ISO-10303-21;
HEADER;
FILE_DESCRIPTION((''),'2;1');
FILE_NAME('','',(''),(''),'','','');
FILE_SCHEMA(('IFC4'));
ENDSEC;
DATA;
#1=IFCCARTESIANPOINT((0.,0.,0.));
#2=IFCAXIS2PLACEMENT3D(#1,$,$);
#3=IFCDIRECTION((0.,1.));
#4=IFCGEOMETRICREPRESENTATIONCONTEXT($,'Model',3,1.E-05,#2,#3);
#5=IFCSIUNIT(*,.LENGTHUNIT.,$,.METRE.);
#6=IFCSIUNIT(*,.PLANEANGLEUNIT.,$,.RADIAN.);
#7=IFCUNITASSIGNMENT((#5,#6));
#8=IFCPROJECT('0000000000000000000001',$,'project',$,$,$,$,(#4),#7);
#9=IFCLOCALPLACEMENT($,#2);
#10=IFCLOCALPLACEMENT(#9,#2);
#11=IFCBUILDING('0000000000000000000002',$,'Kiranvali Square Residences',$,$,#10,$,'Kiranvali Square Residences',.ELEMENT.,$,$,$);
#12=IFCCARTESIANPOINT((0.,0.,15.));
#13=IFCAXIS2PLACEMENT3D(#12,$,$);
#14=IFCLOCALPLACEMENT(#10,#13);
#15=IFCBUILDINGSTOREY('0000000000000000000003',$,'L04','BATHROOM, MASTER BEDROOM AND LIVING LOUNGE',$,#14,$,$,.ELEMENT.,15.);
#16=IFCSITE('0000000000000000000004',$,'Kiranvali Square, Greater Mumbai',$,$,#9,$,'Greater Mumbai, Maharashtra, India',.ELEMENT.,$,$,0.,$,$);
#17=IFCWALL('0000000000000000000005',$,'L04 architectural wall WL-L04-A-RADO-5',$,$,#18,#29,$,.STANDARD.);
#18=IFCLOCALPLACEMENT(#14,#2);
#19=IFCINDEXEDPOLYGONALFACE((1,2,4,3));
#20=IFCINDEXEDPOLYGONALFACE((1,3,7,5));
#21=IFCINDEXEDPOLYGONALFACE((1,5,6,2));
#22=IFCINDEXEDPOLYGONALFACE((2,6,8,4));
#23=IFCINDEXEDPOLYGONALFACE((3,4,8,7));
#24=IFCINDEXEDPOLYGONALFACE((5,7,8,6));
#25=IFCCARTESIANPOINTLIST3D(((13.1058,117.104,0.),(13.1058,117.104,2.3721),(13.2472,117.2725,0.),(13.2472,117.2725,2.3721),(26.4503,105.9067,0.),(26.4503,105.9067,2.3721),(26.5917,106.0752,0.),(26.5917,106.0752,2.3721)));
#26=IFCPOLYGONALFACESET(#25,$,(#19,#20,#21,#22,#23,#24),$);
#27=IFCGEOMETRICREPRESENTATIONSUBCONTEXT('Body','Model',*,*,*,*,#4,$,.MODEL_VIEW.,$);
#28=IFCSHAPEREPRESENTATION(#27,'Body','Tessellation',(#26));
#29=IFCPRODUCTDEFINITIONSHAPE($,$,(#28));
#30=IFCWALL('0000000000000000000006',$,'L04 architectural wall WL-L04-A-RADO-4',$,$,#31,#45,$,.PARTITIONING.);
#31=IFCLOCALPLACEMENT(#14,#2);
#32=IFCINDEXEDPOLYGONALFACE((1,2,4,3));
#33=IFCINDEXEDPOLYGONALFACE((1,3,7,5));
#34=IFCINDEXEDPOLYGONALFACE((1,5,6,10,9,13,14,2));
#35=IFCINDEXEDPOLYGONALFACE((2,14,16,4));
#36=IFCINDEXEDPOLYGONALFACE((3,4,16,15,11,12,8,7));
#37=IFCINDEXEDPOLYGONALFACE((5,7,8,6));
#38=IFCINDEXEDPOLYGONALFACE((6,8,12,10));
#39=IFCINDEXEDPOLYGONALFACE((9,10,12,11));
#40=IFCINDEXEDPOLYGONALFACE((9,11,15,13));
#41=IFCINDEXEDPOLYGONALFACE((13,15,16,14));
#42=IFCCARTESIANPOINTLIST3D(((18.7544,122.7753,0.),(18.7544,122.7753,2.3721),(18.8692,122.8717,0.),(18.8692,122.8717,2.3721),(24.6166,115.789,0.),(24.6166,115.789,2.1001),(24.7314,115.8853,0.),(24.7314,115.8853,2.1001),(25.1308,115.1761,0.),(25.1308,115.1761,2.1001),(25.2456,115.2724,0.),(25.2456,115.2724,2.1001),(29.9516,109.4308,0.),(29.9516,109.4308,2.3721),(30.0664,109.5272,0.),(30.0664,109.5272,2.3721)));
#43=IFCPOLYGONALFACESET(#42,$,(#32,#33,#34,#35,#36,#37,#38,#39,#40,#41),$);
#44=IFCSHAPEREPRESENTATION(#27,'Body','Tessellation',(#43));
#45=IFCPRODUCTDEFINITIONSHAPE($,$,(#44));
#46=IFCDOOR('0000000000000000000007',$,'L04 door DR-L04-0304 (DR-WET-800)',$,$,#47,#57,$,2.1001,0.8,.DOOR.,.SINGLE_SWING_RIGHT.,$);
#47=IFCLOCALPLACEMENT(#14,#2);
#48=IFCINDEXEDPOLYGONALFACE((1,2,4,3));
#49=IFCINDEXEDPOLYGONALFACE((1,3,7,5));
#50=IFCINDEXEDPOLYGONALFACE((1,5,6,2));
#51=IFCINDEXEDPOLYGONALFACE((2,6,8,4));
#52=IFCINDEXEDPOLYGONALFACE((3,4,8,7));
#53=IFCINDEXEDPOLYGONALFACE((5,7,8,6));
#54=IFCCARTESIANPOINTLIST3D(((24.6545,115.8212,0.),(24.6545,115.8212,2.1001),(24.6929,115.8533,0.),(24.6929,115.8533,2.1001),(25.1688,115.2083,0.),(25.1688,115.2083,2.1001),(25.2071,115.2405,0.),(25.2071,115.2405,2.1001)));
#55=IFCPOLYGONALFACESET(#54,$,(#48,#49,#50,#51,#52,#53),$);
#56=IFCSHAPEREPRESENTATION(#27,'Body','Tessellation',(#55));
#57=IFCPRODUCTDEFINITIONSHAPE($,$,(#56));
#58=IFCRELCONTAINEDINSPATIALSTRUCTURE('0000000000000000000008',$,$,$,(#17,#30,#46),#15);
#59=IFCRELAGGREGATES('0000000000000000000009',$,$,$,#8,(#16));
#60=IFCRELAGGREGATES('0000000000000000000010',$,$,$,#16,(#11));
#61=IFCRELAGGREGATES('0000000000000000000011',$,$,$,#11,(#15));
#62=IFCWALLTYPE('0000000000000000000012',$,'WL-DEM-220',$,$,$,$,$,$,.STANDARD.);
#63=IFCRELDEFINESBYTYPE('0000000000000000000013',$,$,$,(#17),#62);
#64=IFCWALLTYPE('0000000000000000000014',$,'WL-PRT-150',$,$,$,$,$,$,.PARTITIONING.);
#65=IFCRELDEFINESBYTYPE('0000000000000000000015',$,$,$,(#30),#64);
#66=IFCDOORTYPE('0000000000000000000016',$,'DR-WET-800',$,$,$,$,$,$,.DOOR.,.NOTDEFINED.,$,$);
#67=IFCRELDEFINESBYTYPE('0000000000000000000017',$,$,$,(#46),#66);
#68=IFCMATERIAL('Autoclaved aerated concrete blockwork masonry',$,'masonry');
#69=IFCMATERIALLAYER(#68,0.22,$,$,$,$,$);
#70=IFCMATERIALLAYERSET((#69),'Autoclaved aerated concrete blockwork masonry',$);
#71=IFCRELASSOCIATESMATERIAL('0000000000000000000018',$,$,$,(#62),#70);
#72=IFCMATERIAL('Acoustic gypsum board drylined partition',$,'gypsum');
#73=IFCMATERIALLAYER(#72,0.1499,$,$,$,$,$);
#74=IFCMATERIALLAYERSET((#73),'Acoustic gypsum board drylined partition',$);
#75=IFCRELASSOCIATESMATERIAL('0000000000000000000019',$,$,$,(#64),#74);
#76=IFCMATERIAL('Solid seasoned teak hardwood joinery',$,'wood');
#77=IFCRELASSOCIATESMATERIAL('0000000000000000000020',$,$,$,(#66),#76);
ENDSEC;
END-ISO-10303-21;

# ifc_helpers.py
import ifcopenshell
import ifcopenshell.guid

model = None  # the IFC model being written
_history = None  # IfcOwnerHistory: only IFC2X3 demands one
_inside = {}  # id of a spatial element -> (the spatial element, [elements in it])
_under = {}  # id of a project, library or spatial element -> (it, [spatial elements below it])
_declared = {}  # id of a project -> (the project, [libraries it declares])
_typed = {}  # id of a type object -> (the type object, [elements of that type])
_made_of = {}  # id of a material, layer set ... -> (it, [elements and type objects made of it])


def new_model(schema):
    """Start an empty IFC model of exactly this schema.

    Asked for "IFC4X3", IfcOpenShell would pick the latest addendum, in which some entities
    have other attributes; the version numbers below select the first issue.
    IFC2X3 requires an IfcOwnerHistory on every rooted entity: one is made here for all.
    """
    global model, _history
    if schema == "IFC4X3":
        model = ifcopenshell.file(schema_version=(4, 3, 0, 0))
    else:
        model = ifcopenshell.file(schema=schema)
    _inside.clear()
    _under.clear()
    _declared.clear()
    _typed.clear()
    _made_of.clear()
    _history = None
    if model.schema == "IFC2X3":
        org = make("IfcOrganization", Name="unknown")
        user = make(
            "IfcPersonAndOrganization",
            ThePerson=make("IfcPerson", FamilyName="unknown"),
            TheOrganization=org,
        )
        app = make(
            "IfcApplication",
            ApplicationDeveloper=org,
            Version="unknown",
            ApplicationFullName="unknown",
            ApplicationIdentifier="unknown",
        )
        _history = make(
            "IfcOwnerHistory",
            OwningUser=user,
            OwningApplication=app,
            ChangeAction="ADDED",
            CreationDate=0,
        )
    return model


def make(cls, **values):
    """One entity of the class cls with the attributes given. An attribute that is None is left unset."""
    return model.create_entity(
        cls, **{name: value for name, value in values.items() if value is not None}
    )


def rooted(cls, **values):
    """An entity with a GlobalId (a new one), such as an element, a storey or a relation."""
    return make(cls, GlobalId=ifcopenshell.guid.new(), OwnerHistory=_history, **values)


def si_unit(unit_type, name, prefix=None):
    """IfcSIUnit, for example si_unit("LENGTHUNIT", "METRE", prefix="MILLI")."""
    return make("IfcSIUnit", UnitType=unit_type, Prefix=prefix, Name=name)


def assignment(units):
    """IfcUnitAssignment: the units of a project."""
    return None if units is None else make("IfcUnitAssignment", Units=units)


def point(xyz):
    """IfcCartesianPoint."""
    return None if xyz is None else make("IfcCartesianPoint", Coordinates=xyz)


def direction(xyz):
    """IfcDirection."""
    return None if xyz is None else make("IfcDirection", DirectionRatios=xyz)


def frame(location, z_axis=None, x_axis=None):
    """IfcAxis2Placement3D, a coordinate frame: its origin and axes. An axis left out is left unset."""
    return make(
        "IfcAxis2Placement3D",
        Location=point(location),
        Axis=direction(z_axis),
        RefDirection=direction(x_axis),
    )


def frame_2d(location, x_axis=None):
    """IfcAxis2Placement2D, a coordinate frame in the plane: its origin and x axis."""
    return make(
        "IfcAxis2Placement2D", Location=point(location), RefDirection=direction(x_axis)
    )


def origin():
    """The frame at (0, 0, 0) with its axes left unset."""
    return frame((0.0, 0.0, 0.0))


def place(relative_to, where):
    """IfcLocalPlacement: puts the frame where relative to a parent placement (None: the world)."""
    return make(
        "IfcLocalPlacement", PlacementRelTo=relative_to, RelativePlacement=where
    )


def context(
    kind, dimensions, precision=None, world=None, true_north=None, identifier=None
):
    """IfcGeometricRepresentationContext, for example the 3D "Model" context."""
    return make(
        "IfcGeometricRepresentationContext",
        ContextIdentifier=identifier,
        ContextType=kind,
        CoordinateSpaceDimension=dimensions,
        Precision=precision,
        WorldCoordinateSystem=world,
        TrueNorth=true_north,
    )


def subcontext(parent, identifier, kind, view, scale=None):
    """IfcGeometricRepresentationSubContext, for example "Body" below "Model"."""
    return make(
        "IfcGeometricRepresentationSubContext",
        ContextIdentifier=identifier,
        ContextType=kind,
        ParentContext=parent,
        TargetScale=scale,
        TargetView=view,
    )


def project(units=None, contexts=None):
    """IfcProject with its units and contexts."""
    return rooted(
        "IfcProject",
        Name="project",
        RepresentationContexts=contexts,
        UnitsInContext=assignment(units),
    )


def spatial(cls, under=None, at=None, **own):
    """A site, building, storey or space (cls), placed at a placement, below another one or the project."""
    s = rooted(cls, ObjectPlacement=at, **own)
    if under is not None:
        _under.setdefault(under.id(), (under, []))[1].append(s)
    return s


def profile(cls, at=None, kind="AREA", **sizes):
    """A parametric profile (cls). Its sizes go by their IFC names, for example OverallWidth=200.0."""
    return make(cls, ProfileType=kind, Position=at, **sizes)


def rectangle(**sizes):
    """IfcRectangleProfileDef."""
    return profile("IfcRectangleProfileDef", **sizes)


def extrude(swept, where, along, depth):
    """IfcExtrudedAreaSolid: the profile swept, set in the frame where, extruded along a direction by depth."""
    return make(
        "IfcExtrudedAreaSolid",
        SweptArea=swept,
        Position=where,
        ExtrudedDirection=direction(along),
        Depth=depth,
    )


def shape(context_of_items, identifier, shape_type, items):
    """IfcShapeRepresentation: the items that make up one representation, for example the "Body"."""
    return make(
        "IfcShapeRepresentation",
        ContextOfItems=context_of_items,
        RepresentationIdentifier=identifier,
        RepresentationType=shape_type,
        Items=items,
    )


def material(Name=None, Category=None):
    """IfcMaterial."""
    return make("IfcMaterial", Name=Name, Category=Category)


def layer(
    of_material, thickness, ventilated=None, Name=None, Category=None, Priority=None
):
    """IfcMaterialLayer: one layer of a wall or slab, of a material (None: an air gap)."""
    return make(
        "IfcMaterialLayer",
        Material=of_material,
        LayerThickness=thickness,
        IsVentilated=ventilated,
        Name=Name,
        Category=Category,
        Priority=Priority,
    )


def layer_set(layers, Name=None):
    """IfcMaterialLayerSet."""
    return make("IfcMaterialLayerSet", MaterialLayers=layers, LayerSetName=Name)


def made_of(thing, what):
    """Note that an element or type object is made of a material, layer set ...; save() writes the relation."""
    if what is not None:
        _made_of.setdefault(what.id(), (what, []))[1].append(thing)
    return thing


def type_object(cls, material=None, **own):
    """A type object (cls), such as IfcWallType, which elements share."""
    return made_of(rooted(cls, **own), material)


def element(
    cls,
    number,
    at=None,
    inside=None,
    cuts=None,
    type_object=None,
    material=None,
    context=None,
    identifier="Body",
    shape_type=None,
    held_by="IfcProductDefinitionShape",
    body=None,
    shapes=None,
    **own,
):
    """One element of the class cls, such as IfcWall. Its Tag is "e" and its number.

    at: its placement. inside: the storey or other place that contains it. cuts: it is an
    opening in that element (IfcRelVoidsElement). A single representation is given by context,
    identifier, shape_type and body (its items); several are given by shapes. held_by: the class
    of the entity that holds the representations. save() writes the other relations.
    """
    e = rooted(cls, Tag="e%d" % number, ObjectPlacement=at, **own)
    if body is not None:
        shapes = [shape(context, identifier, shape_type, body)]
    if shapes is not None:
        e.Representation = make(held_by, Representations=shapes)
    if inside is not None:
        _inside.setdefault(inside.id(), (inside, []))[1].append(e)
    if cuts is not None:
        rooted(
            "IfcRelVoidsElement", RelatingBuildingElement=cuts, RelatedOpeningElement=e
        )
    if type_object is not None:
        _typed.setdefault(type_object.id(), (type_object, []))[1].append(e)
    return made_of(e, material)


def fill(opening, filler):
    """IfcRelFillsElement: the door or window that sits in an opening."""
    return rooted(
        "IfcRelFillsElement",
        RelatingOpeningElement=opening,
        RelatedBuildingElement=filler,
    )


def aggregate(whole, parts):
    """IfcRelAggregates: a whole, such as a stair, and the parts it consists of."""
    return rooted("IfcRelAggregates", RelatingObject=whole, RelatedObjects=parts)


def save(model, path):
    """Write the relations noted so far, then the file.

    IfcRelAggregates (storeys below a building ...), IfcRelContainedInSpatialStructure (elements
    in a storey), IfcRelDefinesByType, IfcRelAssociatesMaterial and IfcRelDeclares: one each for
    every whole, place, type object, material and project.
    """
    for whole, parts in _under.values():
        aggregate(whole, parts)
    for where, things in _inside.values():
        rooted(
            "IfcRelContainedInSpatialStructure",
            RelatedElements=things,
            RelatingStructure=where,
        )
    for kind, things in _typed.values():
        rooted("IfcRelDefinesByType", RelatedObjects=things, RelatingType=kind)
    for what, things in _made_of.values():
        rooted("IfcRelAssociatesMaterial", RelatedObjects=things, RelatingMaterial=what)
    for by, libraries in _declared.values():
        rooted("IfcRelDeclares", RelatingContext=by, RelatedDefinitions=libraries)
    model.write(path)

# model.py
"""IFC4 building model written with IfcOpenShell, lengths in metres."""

from ifc_helpers import new_model, si_unit, direction, frame, frame_2d, origin, place, context, subcontext, project, spatial, rectangle, extrude, material, layer, layer_set, type_object, element, fill, save


model = new_model("IFC4")

# Units and contexts
model_context = context("Model", 3, precision=1e-05, world=origin(), true_north=direction((0.0, 1.0)))
body_context = subcontext(model_context, "Body", "Model", "MODEL_VIEW")
ifc_project = project(units=[si_unit("LENGTHUNIT", "METRE"), si_unit("PLANEANGLEUNIT", "RADIAN")], contexts=[model_context])

# Site, building, storey
site_placement = place(None, origin())
site = spatial("IfcSite", under=ifc_project, at=site_placement, Name="Kiranvali Square, Greater Mumbai", LongName="Greater Mumbai, Maharashtra, India", CompositionType="ELEMENT", RefElevation=0.0)
building_placement = place(site_placement, origin())
building = spatial("IfcBuilding", under=site, at=building_placement, Name="Kiranvali Square Residences", LongName="Kiranvali Square Residences", CompositionType="ELEMENT")
storey_placement = place(building_placement, frame((0.0, 0.0, 15.0)))
storey = spatial("IfcBuildingStorey", under=building, at=storey_placement, Name="L04", Description="BATHROOM, MASTER BEDROOM AND LIVING LOUNGE", CompositionType="ELEMENT", Elevation=15.0)

# Shared definitions
ifc_material_1 = material(Name="Autoclaved aerated concrete blockwork masonry", Category="masonry")

# Wall
ifc_layer_1 = layer(ifc_material_1, 0.22)
ifc_layer_set_1 = layer_set([ifc_layer_1], Name="Autoclaved aerated concrete blockwork masonry")
wall_type_1 = type_object("IfcWallType", Name="WL-DEM-220", PredefinedType="STANDARD", material=ifc_layer_set_1)
wall_1_placement = place(storey_placement, frame((26.521, 105.991, 0.0), z_axis=(0.0, 0.0, 1.0), x_axis=(-0.766047, 0.642785, 0.0)))
element("IfcWall", 1, at=wall_1_placement, inside=storey, type_object=wall_type_1, Name="L04 architectural wall WL-L04-A-RADO-5", PredefinedType="STANDARD", context=body_context, shape_type="SweptSolid", body=[
    extrude(rectangle(XDim=17.4199, YDim=0.22, at=frame_2d((8.71, 0.0))), origin(), (0.0, 0.0, 1.0), 2.3721),
])

# Wall, opening, door
ifc_material_2 = material(Name="Acoustic gypsum board drylined partition", Category="gypsum")
ifc_layer_2 = layer(ifc_material_2, 0.1499)
ifc_layer_set_2 = layer_set([ifc_layer_2], Name="Acoustic gypsum board drylined partition")
wall_type_2 = type_object("IfcWallType", Name="WL-PRT-150", PredefinedType="PARTITIONING", material=ifc_layer_set_2)
wall_2_placement = place(storey_placement, frame((30.009, 109.479, 0.0), z_axis=(0.0, 0.0, 1.0), x_axis=(-0.642785, 0.766047, 0.0)))
wall_2 = element("IfcWall", 2, at=wall_2_placement, inside=storey, type_object=wall_type_2, Name="L04 architectural wall WL-L04-A-RADO-4", PredefinedType="PARTITIONING", context=body_context, shape_type="SweptSolid", body=[
    extrude(rectangle(XDim=17.4199, YDim=0.1499, at=frame_2d((8.71, 0.0))), origin(), (0.0, 0.0, 1.0), 2.3721),
])
opening_1_placement = place(wall_2_placement, frame((7.5, 0.0, 0.0)))
opening_1 = element("IfcOpeningElement", 3, at=opening_1_placement, cuts=wall_2, PredefinedType="OPENING", context=body_context, shape_type="SweptSolid", body=[
    extrude(rectangle(XDim=0.8, YDim=2.1001, at=frame_2d((0.3999, 1.05))), frame((0.0, 0.085, 0.0), z_axis=(0.0, -1.0, 0.0), x_axis=(1.0, 0.0, 0.0)), (0.0, 0.0, 1.0), 0.1699),
])
ifc_material_3 = material(Name="Solid seasoned teak hardwood joinery", Category="wood")
door_type_1 = type_object("IfcDoorType", Name="DR-WET-800", OperationType="NOTDEFINED", PredefinedType="DOOR", material=ifc_material_3)
door_1_placement = place(opening_1_placement, frame((0.8, 0.0, 0.0), z_axis=(0.0, 0.0, 1.0), x_axis=(-1.0, 0.0, 0.0)))
door_1 = element("IfcDoor", 4, at=door_1_placement, inside=storey, type_object=door_type_1, Name="L04 door DR-L04-0304 (DR-WET-800)", OperationType="SINGLE_SWING_RIGHT", OverallHeight=2.1001, OverallWidth=0.8, PredefinedType="DOOR", context=body_context, shape_type="SweptSolid", body=[
    extrude(rectangle(XDim=0.8, YDim=2.1001, at=frame_2d((0.3999, 1.05))), frame((0.0, 0.0249, 0.0), z_axis=(0.0, -1.0, 0.0), x_axis=(1.0, 0.0, 0.0)), (0.0, 0.0, 1.0), 0.05),
])
fill(opening_1, door_1)

save(model, "model.ifc")
